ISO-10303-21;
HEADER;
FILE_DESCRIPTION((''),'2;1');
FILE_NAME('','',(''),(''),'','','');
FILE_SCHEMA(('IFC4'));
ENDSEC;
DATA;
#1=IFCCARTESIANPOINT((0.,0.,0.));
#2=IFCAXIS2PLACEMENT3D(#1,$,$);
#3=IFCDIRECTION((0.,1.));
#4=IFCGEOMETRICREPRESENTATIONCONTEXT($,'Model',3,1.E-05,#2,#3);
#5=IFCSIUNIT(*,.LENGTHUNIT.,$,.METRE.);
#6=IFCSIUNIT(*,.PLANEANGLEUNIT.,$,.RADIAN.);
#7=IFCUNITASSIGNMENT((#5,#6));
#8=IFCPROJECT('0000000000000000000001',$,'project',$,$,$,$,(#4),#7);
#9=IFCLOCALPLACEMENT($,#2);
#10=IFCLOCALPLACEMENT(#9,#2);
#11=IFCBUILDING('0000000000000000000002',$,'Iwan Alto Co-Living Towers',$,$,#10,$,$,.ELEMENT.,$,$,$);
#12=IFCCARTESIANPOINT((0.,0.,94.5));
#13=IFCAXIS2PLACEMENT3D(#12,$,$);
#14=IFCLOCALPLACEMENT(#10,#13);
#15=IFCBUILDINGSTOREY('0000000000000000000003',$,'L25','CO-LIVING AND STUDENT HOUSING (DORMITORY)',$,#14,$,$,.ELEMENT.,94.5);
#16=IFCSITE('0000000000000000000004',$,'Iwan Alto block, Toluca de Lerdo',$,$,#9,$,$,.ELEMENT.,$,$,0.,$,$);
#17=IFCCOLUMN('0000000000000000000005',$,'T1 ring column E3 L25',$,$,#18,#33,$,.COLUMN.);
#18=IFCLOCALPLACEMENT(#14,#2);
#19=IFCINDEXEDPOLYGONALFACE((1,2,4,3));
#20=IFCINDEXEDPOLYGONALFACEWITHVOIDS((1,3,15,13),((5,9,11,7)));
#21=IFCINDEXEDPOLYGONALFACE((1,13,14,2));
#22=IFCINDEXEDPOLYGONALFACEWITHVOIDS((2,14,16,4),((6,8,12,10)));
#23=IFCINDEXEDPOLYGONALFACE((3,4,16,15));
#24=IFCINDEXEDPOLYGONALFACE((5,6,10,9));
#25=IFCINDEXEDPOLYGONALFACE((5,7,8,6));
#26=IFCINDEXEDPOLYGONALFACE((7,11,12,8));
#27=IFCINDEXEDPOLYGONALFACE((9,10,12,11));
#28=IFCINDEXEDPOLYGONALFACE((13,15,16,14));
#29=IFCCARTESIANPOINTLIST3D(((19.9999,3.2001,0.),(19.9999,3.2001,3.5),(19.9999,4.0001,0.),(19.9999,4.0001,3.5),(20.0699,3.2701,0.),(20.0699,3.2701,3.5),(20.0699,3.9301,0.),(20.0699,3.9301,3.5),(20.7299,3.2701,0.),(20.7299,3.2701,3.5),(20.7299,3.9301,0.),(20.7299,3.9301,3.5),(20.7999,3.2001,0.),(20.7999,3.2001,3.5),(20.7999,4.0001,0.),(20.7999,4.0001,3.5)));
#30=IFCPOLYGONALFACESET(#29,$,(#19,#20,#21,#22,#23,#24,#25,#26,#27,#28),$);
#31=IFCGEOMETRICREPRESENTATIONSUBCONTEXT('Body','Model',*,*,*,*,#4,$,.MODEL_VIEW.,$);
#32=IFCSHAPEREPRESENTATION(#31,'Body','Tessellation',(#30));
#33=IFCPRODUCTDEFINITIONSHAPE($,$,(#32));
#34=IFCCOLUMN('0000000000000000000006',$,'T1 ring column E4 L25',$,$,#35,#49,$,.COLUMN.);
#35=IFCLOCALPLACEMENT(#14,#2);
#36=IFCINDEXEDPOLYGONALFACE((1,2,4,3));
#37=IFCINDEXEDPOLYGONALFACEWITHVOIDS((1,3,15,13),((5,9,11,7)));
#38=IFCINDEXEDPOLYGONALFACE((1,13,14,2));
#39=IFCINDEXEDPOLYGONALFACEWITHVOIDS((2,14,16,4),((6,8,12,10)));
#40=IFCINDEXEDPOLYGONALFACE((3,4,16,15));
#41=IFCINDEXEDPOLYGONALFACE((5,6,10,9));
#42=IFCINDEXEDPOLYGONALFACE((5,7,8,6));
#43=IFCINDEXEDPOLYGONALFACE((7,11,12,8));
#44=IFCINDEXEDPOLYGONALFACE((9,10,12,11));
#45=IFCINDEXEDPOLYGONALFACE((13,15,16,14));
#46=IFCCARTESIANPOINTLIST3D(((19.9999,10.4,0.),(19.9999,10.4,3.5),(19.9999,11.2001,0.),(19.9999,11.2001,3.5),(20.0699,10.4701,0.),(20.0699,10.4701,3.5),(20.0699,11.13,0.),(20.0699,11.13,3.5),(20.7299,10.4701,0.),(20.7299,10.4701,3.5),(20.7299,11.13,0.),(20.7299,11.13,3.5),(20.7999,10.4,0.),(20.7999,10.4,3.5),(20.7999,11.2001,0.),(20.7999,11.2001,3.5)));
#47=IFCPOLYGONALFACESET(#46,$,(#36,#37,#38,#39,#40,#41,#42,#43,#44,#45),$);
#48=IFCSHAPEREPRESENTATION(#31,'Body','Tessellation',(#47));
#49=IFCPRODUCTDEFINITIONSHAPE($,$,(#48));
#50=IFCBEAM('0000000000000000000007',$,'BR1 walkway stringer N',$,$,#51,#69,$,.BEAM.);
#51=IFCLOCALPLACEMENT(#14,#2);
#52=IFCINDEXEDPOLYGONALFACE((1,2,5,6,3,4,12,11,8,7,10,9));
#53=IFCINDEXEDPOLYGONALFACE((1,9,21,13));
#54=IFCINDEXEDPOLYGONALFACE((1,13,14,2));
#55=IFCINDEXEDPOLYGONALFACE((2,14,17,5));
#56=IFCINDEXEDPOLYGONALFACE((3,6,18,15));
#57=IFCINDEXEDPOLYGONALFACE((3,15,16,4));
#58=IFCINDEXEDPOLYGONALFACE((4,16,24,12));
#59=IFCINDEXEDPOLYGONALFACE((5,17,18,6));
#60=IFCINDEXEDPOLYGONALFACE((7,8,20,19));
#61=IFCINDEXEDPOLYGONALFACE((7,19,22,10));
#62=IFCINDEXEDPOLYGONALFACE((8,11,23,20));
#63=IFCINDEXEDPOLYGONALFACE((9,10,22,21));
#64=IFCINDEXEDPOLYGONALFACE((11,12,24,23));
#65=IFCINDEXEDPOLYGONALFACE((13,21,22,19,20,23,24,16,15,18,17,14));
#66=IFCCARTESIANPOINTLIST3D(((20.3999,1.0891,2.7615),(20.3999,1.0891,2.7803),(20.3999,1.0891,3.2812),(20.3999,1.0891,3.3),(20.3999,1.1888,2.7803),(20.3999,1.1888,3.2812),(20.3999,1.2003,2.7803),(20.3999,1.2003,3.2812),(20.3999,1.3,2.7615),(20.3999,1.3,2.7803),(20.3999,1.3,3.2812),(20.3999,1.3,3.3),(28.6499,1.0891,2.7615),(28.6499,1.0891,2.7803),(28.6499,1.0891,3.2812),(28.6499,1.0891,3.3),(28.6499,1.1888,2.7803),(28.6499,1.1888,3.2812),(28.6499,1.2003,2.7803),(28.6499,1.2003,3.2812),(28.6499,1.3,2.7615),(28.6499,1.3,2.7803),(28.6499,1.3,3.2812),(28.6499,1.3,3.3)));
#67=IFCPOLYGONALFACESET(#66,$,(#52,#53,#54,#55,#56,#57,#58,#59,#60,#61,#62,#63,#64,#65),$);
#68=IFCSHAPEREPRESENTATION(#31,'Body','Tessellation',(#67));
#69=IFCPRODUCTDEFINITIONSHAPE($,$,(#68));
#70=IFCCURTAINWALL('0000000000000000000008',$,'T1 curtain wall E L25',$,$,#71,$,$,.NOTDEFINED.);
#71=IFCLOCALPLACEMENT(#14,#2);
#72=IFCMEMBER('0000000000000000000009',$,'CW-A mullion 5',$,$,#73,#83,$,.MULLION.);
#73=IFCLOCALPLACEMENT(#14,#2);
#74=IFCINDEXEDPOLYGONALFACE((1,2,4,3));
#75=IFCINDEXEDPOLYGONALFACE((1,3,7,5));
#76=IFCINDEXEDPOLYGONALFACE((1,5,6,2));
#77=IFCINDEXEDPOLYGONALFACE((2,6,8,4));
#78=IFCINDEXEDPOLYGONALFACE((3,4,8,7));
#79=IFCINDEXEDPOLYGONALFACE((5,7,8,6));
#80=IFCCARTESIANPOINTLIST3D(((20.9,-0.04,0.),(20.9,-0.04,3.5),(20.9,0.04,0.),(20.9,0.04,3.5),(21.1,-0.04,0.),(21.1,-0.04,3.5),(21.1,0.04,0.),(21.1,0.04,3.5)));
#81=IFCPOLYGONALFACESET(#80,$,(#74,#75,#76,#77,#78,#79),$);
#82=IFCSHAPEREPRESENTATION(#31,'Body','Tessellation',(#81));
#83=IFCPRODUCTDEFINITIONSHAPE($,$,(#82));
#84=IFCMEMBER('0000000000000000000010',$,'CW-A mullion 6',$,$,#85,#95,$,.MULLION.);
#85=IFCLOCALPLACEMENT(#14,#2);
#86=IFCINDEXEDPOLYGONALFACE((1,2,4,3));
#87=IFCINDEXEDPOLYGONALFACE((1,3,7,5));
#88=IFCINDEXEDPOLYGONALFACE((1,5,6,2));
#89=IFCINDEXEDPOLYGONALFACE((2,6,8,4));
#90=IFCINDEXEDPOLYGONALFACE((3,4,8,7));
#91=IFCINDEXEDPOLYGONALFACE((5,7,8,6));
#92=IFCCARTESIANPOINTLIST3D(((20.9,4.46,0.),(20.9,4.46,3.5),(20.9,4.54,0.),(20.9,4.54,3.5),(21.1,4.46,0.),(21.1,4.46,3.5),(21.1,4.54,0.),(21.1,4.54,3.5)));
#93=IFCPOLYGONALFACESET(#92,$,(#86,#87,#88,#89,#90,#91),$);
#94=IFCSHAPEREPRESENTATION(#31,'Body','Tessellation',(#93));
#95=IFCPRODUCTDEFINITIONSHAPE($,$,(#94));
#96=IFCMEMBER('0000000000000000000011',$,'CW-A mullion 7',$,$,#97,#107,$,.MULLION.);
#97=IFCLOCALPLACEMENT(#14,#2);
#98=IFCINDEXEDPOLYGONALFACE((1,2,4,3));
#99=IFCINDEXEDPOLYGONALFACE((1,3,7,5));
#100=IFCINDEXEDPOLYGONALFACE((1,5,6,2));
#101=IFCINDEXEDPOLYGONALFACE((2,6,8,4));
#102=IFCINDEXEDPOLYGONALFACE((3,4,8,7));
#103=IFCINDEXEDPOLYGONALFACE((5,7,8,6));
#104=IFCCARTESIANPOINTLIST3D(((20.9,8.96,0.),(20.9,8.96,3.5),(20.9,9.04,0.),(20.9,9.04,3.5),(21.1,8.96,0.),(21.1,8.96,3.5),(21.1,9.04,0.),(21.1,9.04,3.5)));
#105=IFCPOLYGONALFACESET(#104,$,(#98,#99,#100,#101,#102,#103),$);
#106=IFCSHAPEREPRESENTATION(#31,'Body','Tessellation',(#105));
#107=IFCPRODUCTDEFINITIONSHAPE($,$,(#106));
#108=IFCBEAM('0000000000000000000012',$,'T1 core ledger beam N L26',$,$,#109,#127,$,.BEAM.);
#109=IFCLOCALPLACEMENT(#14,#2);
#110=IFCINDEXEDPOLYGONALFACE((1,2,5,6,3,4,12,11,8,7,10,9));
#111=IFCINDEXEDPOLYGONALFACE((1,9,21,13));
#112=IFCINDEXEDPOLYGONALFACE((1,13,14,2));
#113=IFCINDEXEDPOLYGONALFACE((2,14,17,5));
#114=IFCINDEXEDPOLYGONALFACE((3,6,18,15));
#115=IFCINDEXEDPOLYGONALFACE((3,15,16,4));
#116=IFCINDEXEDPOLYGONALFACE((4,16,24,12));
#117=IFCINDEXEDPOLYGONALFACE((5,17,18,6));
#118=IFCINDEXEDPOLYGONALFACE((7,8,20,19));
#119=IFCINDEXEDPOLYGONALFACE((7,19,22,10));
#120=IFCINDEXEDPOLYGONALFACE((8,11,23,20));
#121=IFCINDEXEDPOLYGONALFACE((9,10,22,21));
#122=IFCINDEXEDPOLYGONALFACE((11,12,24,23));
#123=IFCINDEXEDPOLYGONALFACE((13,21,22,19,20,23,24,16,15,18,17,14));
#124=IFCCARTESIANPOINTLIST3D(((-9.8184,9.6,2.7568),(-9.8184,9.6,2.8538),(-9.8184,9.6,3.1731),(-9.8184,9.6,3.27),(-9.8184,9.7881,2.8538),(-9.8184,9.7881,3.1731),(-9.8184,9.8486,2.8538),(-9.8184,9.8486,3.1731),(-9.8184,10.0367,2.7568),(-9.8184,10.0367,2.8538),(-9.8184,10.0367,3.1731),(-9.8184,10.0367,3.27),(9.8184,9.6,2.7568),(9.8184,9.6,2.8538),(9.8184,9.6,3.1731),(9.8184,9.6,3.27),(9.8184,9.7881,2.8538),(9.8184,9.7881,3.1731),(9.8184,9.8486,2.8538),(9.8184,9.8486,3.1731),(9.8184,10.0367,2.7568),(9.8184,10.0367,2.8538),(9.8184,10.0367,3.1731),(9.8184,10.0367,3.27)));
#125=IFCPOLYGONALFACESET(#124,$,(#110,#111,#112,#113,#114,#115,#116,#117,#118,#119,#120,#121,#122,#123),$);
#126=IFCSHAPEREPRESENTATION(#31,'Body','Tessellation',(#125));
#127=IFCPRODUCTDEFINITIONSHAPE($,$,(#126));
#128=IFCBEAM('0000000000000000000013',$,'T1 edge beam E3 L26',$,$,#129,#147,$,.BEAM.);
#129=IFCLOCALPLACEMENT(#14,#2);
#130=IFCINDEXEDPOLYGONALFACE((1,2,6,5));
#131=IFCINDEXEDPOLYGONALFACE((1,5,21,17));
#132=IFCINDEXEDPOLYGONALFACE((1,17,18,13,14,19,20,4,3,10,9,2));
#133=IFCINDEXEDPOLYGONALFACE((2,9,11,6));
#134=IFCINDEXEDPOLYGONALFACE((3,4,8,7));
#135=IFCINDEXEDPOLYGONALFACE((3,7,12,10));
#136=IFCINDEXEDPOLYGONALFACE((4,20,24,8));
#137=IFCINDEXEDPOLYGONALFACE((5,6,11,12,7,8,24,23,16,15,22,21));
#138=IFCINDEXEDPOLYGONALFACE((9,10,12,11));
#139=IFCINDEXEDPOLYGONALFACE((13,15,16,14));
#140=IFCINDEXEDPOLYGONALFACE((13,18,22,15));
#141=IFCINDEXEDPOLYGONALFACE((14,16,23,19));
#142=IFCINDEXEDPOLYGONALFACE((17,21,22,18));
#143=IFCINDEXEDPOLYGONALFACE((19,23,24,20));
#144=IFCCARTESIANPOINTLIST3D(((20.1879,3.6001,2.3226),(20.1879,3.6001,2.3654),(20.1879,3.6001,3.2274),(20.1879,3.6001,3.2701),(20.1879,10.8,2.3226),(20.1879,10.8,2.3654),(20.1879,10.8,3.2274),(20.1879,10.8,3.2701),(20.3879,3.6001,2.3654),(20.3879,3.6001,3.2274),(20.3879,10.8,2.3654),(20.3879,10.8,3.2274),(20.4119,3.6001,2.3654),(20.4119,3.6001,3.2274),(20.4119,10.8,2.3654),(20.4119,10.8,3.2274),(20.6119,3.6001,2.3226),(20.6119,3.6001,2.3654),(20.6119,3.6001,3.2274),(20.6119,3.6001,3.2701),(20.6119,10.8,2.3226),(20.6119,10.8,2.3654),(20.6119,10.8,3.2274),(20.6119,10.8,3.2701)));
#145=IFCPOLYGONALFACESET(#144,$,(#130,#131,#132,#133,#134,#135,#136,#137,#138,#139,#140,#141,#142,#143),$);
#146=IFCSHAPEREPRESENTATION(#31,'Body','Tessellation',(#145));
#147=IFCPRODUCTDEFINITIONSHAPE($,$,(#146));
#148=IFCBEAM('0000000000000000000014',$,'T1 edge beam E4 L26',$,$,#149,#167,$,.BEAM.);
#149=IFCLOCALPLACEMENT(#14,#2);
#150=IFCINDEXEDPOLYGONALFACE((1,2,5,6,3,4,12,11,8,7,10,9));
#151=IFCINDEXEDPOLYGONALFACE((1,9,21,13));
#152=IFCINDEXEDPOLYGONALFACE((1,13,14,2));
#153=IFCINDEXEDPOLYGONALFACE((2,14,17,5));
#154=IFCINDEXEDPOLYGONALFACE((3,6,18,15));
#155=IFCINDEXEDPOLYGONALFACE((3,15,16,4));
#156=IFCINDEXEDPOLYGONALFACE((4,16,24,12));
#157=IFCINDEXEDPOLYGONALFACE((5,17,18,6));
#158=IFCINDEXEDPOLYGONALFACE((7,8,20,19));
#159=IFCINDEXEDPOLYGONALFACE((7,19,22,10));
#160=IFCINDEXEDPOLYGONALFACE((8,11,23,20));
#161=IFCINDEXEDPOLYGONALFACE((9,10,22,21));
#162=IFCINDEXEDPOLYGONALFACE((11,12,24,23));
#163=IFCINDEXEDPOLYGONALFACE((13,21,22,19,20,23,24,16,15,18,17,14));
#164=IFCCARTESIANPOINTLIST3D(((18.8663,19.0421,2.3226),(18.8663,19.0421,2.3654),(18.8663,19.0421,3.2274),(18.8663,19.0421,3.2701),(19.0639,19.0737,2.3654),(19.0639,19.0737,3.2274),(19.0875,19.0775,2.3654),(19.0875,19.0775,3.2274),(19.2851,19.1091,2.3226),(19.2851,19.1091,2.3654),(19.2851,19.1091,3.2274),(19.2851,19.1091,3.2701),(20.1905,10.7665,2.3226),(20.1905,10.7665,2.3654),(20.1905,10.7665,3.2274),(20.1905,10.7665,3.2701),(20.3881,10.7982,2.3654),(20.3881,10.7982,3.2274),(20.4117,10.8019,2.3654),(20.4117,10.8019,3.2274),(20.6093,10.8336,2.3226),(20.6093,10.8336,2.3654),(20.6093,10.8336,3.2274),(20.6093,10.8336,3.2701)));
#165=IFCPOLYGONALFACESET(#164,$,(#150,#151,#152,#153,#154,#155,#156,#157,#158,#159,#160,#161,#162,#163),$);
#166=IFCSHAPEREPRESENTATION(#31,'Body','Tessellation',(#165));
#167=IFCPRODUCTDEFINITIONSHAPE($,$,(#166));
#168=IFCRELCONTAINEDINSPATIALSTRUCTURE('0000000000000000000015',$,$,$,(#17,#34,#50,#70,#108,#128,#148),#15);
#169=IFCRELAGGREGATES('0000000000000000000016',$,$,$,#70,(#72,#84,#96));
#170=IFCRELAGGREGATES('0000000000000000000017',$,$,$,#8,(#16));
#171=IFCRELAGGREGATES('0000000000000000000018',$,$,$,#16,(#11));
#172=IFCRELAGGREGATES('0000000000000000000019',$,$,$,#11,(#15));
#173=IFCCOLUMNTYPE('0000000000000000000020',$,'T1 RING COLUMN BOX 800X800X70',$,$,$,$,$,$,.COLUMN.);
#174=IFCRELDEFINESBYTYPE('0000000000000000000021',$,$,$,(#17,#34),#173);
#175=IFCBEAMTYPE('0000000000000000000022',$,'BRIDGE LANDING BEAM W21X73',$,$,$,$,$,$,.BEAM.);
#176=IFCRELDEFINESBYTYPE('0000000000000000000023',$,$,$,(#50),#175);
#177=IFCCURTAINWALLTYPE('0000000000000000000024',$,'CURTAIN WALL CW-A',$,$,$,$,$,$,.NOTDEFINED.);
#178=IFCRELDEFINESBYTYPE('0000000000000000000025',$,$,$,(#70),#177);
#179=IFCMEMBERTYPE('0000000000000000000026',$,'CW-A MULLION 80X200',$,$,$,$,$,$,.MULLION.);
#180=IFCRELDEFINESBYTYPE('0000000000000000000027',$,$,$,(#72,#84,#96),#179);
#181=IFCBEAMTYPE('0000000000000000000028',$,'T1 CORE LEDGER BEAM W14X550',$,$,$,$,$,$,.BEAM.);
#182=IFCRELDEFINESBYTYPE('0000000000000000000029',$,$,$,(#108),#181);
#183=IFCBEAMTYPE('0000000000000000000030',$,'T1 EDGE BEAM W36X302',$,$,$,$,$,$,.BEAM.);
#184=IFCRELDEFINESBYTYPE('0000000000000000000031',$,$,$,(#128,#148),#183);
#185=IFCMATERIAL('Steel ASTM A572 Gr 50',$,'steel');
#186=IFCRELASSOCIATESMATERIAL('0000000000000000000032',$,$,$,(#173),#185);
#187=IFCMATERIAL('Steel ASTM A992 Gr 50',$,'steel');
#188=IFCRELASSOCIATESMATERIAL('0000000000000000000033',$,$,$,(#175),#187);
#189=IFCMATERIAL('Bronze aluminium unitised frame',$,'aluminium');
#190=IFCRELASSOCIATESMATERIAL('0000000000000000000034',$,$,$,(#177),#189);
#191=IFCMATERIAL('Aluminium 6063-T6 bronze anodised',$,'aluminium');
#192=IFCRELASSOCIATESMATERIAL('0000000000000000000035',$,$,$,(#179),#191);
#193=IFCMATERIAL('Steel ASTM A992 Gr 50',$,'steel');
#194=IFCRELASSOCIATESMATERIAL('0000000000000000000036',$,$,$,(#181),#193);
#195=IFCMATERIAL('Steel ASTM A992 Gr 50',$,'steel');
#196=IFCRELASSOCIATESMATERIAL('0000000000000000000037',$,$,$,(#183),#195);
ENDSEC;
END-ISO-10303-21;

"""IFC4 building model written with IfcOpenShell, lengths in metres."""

from ifc_helpers import new_model, si_unit, direction, frame, origin, origin_2d, place, context, subcontext, project, spatial, rectangle, hollow_rectangle, i_section, extrude, material, material_profile, profile_set, type_object, element, aggregate, save


model = new_model("IFC4")

# Units and contexts
model_context = context("Model", 3, precision=1e-05, world=origin(), true_north=direction((0.0, 1.0)))
body_context = subcontext(model_context, "Body", "Model", "MODEL_VIEW")
ifc_project = project(units=[si_unit("LENGTHUNIT", "METRE"), si_unit("PLANEANGLEUNIT", "RADIAN")], contexts=[model_context])

# Site, building, storey
site_placement = place(None, origin())
site = spatial("IfcSite", under=ifc_project, at=site_placement, Name="Iwan Alto block, Toluca de Lerdo", CompositionType="ELEMENT", RefElevation=0.0)
building_placement = place(site_placement, origin())
building = spatial("IfcBuilding", under=site, at=building_placement, Name="Iwan Alto Co-Living Towers", CompositionType="ELEMENT")
storey_placement = place(building_placement, frame((0.0, 0.0, 94.5)))
storey = spatial("IfcBuildingStorey", under=building, at=storey_placement, Name="L25", Description="CO-LIVING AND STUDENT HOUSING (DORMITORY)", CompositionType="ELEMENT", Elevation=94.5)

# Columns
ifc_material_1 = material(Name="Steel ASTM A572 Gr 50", Category="steel")
ifc_material_profile_1 = material_profile(ifc_material_1, hollow_rectangle(XDim=0.8, YDim=0.8, WallThickness=0.0701, at=origin_2d()), Name="BOX 800X800X70")
ifc_profile_set_1 = profile_set([ifc_material_profile_1], Name="Steel ASTM A572 Gr 50")
column_type = type_object("IfcColumnType", Name="T1 RING COLUMN BOX 800X800X70", PredefinedType="COLUMN", material=ifc_profile_set_1)
for number, where, z_axis, x_axis, name in (
    (1, (20.3999, 3.6001, 0.0), (0.0, 0.0, 1.0), (1.0, 0.0, 0.0), "T1 ring column E3 L25"),
    (2, (20.3999, 10.8, 0.0), (0.0, 0.0, 1.0), (1.0, 0.0, 0.0), "T1 ring column E4 L25"),
):
    element("IfcColumn", number, at=place(storey_placement, frame(where, z_axis=z_axis, x_axis=x_axis)), inside=storey, type_object=column_type, Name=name, PredefinedType="COLUMN", context=body_context, shape_type="SweptSolid", body=[
        extrude(hollow_rectangle(XDim=0.8, YDim=0.8, WallThickness=0.0701, at=origin_2d()), origin(), (0.0, 0.0, 1.0), 3.5),
    ])

# Beam
ifc_material_2 = material(Name="Steel ASTM A992 Gr 50", Category="steel")
ifc_material_profile_2 = material_profile(ifc_material_2, i_section(OverallWidth=0.2109, OverallDepth=0.5386, WebThickness=0.0115, FlangeThickness=0.0188, at=origin_2d()), Name="W21X73")
ifc_profile_set_2 = profile_set([ifc_material_profile_2], Name="Steel ASTM A992 Gr 50")
beam_type_1 = type_object("IfcBeamType", Name="BRIDGE LANDING BEAM W21X73", PredefinedType="BEAM", material=ifc_profile_set_2)
beam_1_placement = place(storey_placement, frame((20.3999, 1.1946, 3.0308), z_axis=(1.0, 0.0, 0.0), x_axis=(0.0, 1.0, 0.0)))
element("IfcBeam", 3, at=beam_1_placement, inside=storey, type_object=beam_type_1, Name="BR1 walkway stringer N", PredefinedType="BEAM", context=body_context, shape_type="SweptSolid", body=[
    extrude(i_section(OverallWidth=0.2109, OverallDepth=0.5386, WebThickness=0.0115, FlangeThickness=0.0188, at=origin_2d()), origin(), (0.0, 0.0, 1.0), 8.25),
])

# Curtain wall, members
ifc_material_3 = material(Name="Bronze aluminium unitised frame", Category="aluminium")
curtain_wall_type = type_object("IfcCurtainWallType", Name="CURTAIN WALL CW-A", PredefinedType="NOTDEFINED", material=ifc_material_3)
curtain_wall_placement = place(storey_placement, origin())
curtain_wall = element("IfcCurtainWall", 4, at=curtain_wall_placement, inside=storey, type_object=curtain_wall_type, Name="T1 curtain wall E L25", PredefinedType="NOTDEFINED")
ifc_material_4 = material(Name="Aluminium 6063-T6 bronze anodised", Category="aluminium")
ifc_material_profile_3 = material_profile(ifc_material_4, rectangle(XDim=0.2, YDim=0.0801, at=origin_2d()), Name="AL 80X200")
ifc_profile_set_3 = profile_set([ifc_material_profile_3], Name="Aluminium 6063-T6 bronze anodised")
member_type = type_object("IfcMemberType", Name="CW-A MULLION 80X200", PredefinedType="MULLION", material=ifc_profile_set_3)
member_1_placement = place(storey_placement, frame((21.0, 0.0, 0.0), z_axis=(0.0, 0.0, 1.0), x_axis=(-1.0, 0.0, 0.0)))
member_1 = element("IfcMember", 5, at=member_1_placement, type_object=member_type, Name="CW-A mullion 5", PredefinedType="MULLION", context=body_context, shape_type="SweptSolid", body=[
    extrude(rectangle(XDim=0.2, YDim=0.0801, at=origin_2d()), origin(), (0.0, 0.0, 1.0), 3.5),
])
member_2_placement = place(storey_placement, frame((21.0, 4.5, 0.0), z_axis=(0.0, 0.0, 1.0), x_axis=(-1.0, 0.0, 0.0)))
member_2 = element("IfcMember", 6, at=member_2_placement, type_object=member_type, Name="CW-A mullion 6", PredefinedType="MULLION", context=body_context, shape_type="SweptSolid", body=[
    extrude(rectangle(XDim=0.2, YDim=0.0801, at=origin_2d()), origin(), (0.0, 0.0, 1.0), 3.5),
])
member_3_placement = place(storey_placement, frame((21.0, 9.0, 0.0), z_axis=(0.0, 0.0, 1.0), x_axis=(-1.0, 0.0, 0.0)))
member_3 = element("IfcMember", 7, at=member_3_placement, type_object=member_type, Name="CW-A mullion 7", PredefinedType="MULLION", context=body_context, shape_type="SweptSolid", body=[
    extrude(rectangle(XDim=0.2, YDim=0.0801, at=origin_2d()), origin(), (0.0, 0.0, 1.0), 3.5),
])
aggregate(curtain_wall, [member_1, member_2, member_3])

# Beams
ifc_material_5 = material(Name="Steel ASTM A992 Gr 50", Category="steel")
ifc_material_profile_4 = material_profile(ifc_material_5, i_section(OverallWidth=0.4368, OverallDepth=0.5132, WebThickness=0.0605, FlangeThickness=0.0969, at=origin_2d()), Name="W14X550")
ifc_profile_set_4 = profile_set([ifc_material_profile_4], Name="Steel ASTM A992 Gr 50")
beam_type_2 = type_object("IfcBeamType", Name="T1 CORE LEDGER BEAM W14X550", PredefinedType="BEAM", material=ifc_profile_set_4)
beam_2_placement = place(storey_placement, frame((9.8184, 9.8184, 3.0134), z_axis=(-1.0, 0.0, 0.0), x_axis=(0.0, -1.0, 0.0)))
element("IfcBeam", 8, at=beam_2_placement, inside=storey, type_object=beam_type_2, Name="T1 core ledger beam N L26", PredefinedType="BEAM", context=body_context, shape_type="SweptSolid", body=[
    extrude(i_section(OverallWidth=0.4368, OverallDepth=0.5132, WebThickness=0.0605, FlangeThickness=0.0969, at=origin_2d()), origin(), (0.0, 0.0, 1.0), 19.6367),
])
ifc_material_6 = material(Name="Steel ASTM A992 Gr 50", Category="steel")
ifc_material_profile_5 = material_profile(ifc_material_6, i_section(OverallWidth=0.4241, OverallDepth=0.9475, WebThickness=0.0239, FlangeThickness=0.0427, at=origin_2d()), Name="W36X302")
ifc_profile_set_5 = profile_set([ifc_material_profile_5], Name="Steel ASTM A992 Gr 50")
beam_type_3 = type_object("IfcBeamType", Name="T1 EDGE BEAM W36X302", PredefinedType="BEAM", material=ifc_profile_set_5)
beam_3_placement = place(storey_placement, frame((20.3999, 3.6001, 2.7964), z_axis=(0.0, 1.0, 0.0), x_axis=(-1.0, 0.0, 0.0)))
element("IfcBeam", 9, at=beam_3_placement, inside=storey, type_object=beam_type_3, Name="T1 edge beam E3 L26", PredefinedType="BEAM", context=body_context, shape_type="SweptSolid", body=[
    extrude(i_section(OverallWidth=0.4241, OverallDepth=0.9475, WebThickness=0.0239, FlangeThickness=0.0427, at=origin_2d()), origin(), (0.0, 0.0, 1.0), 7.2),
])
beam_4_placement = place(storey_placement, frame((20.3999, 10.8, 2.7964), z_axis=(-0.158004, 0.987438, 0.0), x_axis=(-0.987438, -0.158004, 0.0)))
element("IfcBeam", 10, at=beam_4_placement, inside=storey, type_object=beam_type_3, Name="T1 edge beam E4 L26", PredefinedType="BEAM", context=body_context, shape_type="SweptSolid", body=[
    extrude(i_section(OverallWidth=0.4241, OverallDepth=0.9475, WebThickness=0.0239, FlangeThickness=0.0427, at=origin_2d()), origin(), (0.0, 0.0, 1.0), 8.3809),
])

save(model, "model.ifc")
